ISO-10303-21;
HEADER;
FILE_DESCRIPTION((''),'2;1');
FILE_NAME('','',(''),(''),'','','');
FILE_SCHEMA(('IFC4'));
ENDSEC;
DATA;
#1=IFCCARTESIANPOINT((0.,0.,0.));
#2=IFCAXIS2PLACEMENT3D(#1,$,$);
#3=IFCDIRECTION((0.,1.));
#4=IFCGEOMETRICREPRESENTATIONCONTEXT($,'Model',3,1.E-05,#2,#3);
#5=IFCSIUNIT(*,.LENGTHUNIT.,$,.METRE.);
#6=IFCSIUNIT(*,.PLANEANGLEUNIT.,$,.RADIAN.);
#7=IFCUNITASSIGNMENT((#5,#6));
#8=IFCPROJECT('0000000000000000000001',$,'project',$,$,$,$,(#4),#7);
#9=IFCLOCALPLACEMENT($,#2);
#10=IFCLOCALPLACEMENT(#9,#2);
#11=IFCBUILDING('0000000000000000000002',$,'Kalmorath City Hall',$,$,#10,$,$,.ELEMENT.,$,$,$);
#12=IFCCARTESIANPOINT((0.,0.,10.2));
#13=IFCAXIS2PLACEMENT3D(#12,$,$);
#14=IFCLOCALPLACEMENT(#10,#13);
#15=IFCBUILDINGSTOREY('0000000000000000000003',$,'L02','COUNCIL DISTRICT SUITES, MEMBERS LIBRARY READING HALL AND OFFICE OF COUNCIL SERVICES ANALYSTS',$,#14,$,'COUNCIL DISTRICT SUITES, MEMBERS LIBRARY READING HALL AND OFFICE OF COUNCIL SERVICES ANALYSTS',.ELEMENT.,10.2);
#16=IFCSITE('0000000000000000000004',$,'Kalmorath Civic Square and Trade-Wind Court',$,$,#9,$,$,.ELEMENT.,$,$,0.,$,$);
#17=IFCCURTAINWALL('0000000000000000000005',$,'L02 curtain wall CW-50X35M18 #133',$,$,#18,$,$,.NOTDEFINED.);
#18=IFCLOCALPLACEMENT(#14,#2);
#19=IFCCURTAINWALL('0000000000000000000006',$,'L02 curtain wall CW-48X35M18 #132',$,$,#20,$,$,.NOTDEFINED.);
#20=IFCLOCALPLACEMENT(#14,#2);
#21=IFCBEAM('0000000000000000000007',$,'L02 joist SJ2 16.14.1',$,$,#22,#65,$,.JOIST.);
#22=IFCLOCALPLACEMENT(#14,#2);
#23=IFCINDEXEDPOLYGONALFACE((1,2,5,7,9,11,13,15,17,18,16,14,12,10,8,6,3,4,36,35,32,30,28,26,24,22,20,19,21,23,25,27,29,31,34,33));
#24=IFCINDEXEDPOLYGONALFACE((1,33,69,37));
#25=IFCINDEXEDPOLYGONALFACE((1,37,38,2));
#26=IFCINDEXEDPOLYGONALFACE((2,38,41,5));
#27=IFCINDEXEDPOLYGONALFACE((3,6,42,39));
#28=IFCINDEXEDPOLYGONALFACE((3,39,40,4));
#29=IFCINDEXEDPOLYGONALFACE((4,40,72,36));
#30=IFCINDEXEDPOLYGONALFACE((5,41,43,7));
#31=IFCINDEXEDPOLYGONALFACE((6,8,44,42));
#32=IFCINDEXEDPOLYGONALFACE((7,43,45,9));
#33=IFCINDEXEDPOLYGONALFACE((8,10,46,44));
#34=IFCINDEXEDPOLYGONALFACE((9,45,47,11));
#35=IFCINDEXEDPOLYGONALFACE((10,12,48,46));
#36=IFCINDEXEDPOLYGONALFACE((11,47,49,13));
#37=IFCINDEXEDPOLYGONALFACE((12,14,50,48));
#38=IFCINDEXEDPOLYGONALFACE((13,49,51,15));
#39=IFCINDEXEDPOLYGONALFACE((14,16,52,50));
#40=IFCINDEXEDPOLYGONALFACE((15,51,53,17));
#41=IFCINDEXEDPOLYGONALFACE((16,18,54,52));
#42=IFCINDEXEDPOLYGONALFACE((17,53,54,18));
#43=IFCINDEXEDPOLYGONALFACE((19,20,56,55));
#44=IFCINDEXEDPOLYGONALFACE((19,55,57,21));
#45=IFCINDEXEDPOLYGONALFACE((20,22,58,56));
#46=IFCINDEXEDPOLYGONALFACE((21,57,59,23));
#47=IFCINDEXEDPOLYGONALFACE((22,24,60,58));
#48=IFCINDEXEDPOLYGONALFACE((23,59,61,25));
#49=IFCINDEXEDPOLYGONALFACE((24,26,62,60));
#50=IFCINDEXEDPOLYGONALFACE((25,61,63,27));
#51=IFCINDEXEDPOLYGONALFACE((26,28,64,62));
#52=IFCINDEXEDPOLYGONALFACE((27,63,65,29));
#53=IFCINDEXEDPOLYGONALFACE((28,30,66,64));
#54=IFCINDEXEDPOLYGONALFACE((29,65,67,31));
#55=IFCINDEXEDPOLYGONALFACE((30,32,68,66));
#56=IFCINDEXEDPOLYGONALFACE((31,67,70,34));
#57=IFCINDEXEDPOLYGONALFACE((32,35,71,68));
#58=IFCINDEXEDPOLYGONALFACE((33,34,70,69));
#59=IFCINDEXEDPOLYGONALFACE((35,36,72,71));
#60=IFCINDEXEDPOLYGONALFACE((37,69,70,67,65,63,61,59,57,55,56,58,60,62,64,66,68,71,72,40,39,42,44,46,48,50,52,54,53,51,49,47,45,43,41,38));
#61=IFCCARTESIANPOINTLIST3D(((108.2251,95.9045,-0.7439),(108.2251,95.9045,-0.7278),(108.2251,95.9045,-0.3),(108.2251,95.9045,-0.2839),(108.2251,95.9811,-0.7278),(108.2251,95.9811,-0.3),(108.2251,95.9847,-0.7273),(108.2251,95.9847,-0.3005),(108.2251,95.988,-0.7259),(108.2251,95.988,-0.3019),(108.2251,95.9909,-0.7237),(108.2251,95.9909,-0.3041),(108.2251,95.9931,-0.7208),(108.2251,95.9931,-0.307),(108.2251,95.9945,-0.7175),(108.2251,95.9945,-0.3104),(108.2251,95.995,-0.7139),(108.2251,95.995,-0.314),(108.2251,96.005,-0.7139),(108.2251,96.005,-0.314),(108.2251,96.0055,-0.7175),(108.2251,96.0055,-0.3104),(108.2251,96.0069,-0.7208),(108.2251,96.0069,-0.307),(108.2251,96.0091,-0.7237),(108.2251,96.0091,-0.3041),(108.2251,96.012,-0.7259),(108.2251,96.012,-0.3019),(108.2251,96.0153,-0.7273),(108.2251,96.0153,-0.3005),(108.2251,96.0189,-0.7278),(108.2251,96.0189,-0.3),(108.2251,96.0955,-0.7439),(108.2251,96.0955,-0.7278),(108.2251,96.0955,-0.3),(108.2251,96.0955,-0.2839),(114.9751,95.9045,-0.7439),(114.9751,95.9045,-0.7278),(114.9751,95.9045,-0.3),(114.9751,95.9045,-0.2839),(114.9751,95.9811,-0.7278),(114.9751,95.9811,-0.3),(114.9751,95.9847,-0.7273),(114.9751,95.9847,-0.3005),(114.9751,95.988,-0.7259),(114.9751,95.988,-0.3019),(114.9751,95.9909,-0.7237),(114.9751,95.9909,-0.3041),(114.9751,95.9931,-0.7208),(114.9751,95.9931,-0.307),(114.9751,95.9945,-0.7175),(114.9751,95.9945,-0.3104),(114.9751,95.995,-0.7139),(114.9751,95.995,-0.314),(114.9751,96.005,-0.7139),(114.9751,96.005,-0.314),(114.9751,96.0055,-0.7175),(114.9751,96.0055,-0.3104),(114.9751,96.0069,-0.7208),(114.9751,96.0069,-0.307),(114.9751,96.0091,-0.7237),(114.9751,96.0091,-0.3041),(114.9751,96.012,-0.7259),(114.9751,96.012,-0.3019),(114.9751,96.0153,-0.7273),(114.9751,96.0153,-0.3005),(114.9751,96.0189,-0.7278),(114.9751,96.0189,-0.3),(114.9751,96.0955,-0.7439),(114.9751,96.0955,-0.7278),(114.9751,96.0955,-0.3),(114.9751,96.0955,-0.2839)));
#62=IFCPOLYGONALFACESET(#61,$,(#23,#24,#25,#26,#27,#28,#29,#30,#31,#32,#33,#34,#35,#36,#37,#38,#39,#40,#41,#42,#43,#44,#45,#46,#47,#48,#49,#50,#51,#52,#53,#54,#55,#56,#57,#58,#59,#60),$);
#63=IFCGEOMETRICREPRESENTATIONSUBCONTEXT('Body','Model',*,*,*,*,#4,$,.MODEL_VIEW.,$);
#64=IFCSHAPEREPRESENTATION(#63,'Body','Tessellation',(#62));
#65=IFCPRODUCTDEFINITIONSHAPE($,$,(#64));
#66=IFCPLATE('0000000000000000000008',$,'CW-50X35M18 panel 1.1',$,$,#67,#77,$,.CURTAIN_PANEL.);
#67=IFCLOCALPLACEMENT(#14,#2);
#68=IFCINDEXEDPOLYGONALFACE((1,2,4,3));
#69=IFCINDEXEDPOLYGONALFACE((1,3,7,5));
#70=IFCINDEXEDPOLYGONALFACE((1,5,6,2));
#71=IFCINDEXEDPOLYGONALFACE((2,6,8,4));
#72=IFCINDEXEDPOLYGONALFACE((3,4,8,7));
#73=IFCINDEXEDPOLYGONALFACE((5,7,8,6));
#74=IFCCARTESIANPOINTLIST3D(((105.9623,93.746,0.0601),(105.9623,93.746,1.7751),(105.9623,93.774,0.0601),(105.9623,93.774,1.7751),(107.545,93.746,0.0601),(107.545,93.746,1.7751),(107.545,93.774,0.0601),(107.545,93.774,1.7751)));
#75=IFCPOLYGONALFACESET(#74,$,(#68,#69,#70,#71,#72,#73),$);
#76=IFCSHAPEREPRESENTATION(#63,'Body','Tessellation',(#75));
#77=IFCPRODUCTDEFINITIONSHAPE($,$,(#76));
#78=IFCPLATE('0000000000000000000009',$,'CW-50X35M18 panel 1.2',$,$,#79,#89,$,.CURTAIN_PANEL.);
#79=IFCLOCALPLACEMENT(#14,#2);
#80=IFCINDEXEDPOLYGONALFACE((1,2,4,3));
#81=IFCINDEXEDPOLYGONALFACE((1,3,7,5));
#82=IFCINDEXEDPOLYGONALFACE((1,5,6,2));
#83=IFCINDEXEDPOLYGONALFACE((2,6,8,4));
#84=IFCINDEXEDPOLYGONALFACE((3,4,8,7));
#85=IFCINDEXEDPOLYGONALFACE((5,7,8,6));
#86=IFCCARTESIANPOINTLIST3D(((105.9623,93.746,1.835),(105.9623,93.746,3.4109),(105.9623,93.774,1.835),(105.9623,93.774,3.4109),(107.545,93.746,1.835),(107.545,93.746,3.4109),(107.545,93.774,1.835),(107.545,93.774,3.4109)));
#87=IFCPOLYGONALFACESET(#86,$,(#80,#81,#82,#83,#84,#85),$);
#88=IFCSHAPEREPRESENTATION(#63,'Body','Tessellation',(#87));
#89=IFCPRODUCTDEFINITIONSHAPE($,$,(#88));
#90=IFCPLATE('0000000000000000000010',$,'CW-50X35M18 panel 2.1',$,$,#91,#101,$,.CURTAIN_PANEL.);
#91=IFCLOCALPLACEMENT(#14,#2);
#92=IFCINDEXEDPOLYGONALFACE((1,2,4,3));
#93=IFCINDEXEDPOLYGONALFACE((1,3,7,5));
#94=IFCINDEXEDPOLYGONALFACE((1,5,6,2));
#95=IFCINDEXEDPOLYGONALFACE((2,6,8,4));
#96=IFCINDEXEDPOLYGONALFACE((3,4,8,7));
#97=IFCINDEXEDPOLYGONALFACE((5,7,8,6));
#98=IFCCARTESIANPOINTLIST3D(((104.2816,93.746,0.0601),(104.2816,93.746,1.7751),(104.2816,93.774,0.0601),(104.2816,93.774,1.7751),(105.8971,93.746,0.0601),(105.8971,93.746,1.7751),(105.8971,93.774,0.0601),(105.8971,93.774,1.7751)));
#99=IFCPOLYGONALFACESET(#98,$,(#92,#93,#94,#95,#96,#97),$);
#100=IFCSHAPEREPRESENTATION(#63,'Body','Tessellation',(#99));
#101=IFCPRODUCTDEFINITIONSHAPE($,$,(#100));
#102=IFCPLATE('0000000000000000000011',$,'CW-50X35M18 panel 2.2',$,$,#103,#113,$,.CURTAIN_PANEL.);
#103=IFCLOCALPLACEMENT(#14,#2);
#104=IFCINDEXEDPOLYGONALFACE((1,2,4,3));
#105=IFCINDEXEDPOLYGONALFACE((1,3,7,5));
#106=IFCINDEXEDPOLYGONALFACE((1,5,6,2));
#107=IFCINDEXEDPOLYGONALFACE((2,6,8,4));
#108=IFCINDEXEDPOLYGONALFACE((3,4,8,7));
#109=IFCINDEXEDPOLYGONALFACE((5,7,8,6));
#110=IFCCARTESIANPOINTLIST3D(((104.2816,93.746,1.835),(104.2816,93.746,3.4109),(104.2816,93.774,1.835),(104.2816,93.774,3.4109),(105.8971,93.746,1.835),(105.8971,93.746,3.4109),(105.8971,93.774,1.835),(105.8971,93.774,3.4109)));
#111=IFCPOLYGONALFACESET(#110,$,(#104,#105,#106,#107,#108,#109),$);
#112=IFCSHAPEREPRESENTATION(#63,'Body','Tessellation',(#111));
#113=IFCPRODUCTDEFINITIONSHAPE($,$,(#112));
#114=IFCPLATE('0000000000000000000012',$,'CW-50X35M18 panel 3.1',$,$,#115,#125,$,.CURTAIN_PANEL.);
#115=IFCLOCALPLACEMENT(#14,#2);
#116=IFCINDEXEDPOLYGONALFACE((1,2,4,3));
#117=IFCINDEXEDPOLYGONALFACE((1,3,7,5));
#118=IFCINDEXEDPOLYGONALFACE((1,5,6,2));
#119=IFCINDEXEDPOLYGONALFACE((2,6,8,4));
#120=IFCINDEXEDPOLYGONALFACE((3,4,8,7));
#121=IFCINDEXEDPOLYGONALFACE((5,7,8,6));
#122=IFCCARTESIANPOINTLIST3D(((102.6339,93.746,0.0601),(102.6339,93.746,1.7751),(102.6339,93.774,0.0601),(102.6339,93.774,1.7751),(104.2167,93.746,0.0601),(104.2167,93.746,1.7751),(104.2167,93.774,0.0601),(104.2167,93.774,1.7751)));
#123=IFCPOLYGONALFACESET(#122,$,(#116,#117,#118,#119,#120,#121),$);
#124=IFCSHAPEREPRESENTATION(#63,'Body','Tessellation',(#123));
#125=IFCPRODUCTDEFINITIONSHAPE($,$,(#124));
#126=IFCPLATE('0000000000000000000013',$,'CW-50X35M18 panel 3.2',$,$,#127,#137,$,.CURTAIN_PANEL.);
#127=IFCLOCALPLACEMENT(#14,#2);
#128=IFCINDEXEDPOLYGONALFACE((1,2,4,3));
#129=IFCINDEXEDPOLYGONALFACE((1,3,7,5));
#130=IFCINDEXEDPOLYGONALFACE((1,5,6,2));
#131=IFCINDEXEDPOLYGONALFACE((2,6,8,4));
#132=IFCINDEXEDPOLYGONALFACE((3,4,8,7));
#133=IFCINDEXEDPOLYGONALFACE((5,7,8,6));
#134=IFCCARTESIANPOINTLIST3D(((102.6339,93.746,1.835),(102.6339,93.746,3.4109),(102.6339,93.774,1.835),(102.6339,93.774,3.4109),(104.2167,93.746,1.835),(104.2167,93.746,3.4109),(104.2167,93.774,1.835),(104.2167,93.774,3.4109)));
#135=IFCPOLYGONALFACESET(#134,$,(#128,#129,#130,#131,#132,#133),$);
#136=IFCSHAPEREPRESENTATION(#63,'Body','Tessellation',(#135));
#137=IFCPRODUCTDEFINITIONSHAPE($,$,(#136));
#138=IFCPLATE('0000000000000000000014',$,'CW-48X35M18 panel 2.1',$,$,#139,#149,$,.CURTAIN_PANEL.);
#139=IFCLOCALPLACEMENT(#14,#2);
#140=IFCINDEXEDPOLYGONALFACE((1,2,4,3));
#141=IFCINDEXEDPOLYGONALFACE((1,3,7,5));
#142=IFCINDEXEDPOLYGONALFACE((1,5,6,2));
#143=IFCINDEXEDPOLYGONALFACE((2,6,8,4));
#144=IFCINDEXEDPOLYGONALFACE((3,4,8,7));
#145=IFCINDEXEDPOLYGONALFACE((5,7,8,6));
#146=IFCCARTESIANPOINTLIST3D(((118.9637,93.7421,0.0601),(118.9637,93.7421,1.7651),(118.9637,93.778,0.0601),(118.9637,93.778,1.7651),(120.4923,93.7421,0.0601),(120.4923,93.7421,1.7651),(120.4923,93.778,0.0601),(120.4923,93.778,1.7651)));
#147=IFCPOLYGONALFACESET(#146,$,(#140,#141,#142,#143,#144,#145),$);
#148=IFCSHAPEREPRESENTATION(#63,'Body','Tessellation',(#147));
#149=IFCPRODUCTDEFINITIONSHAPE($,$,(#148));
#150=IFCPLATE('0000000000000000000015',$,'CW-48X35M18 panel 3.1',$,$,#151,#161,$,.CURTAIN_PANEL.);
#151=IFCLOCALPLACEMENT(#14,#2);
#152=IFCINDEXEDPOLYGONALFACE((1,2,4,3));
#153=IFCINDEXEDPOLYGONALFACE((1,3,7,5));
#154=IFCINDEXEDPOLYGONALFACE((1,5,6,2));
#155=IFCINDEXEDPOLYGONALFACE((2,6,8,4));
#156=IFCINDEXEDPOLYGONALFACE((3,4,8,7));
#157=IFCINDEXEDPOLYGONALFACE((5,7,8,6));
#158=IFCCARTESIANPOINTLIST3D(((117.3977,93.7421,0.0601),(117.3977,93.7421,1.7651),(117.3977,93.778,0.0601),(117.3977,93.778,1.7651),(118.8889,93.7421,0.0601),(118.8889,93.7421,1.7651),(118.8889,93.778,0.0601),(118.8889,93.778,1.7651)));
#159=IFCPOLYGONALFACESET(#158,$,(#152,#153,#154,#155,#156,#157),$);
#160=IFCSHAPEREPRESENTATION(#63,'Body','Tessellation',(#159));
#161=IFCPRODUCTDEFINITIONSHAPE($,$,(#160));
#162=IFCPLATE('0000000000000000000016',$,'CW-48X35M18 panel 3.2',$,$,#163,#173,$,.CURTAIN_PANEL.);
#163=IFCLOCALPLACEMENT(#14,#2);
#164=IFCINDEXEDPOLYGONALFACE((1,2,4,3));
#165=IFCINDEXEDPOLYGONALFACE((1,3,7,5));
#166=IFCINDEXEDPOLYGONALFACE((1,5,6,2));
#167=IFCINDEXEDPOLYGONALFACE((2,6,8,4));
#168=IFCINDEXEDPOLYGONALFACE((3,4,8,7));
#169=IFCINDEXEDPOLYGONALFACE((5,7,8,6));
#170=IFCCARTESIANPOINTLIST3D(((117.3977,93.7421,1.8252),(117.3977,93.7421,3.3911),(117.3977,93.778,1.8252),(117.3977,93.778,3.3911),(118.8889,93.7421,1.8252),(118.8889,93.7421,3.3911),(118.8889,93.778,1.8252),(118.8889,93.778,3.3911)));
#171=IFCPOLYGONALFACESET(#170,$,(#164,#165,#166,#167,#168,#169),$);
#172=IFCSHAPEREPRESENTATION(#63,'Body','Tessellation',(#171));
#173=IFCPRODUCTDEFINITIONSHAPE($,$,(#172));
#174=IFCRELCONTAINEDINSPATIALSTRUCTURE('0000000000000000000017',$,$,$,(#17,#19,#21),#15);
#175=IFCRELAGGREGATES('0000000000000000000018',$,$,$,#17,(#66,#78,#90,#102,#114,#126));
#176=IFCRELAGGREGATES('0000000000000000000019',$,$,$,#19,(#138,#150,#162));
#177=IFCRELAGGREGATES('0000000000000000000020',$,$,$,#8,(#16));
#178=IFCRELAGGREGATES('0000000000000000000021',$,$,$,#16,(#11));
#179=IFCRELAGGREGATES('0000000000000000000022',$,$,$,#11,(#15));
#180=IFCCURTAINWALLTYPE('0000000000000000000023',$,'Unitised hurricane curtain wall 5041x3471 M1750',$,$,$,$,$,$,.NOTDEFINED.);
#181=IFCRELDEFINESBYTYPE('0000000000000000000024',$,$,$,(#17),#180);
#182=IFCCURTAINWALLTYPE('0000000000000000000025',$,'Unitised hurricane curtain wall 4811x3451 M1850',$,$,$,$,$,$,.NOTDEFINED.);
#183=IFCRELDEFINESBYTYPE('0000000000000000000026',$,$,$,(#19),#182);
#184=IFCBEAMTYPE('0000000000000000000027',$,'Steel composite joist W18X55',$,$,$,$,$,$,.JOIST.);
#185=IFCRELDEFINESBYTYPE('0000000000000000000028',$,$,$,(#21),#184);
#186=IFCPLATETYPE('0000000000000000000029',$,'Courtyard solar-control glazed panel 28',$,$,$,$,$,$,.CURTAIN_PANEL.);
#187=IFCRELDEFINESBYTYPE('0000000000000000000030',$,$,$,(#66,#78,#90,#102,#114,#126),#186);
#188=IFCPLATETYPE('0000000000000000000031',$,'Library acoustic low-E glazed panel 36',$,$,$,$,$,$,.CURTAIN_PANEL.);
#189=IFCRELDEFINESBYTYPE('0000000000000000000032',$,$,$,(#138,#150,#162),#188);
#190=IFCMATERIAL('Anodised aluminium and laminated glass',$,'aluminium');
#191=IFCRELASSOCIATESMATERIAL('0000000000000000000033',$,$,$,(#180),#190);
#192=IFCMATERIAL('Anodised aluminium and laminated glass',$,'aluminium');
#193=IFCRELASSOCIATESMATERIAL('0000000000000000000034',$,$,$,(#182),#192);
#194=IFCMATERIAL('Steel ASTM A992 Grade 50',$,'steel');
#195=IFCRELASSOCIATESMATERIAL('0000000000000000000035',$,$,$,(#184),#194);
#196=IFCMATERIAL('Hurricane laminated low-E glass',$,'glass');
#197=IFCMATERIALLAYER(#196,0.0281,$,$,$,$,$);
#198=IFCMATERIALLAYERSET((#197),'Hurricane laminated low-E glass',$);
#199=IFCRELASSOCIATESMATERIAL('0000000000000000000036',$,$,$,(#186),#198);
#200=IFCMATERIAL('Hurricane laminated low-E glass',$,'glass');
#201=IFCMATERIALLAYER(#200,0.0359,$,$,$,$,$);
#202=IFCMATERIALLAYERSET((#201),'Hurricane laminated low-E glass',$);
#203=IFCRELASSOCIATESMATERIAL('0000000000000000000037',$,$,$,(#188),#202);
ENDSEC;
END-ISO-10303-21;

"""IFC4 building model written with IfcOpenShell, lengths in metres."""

from ifc_helpers import new_model, si_unit, direction, frame, origin, origin_2d, place, context, subcontext, project, spatial, rectangle, i_section, extrude, material, layer, layer_set, material_profile, profile_set, type_object, element, aggregate, save


model = new_model("IFC4")

# Units and contexts
model_context = context("Model", 3, precision=1e-05, world=origin(), true_north=direction((0.0, 1.0)))
body_context = subcontext(model_context, "Body", "Model", "MODEL_VIEW")
ifc_project = project(units=[si_unit("LENGTHUNIT", "METRE"), si_unit("PLANEANGLEUNIT", "RADIAN")], contexts=[model_context])

# Site, building, storey
site_placement = place(None, origin())
site = spatial("IfcSite", under=ifc_project, at=site_placement, Name="Kalmorath Civic Square and Trade-Wind Court", CompositionType="ELEMENT", RefElevation=0.0)
building_placement = place(site_placement, origin())
building = spatial("IfcBuilding", under=site, at=building_placement, Name="Kalmorath City Hall", CompositionType="ELEMENT")
storey_placement = place(building_placement, frame((0.0, 0.0, 10.2)))
storey = spatial("IfcBuildingStorey", under=building, at=storey_placement, Name="L02", Description="COUNCIL DISTRICT SUITES, MEMBERS LIBRARY READING HALL AND OFFICE OF COUNCIL SERVICES ANALYSTS", LongName="COUNCIL DISTRICT SUITES, MEMBERS LIBRARY READING HALL AND OFFICE OF COUNCIL SERVICES ANALYSTS", CompositionType="ELEMENT", Elevation=10.2)

# Curtain walls
ifc_material_1 = material(Name="Anodised aluminium and laminated glass", Category="aluminium")
curtain_wall_type_1 = type_object("IfcCurtainWallType", Name="Unitised hurricane curtain wall 5041x3471 M1750", PredefinedType="NOTDEFINED", material=ifc_material_1)
curtain_wall_1_placement = place(storey_placement, origin())
curtain_wall_1 = element("IfcCurtainWall", 1, at=curtain_wall_1_placement, inside=storey, type_object=curtain_wall_type_1, Name="L02 curtain wall CW-50X35M18 #133", PredefinedType="NOTDEFINED")
ifc_material_2 = material(Name="Anodised aluminium and laminated glass", Category="aluminium")
curtain_wall_type_2 = type_object("IfcCurtainWallType", Name="Unitised hurricane curtain wall 4811x3451 M1850", PredefinedType="NOTDEFINED", material=ifc_material_2)
curtain_wall_2_placement = place(storey_placement, origin())
curtain_wall_2 = element("IfcCurtainWall", 2, at=curtain_wall_2_placement, inside=storey, type_object=curtain_wall_type_2, Name="L02 curtain wall CW-48X35M18 #132", PredefinedType="NOTDEFINED")

# Beam
ifc_material_3 = material(Name="Steel ASTM A992 Grade 50", Category="steel")
ifc_material_profile_1 = material_profile(ifc_material_3, i_section(OverallWidth=0.1909, OverallDepth=0.46, WebThickness=0.01, FlangeThickness=0.0161, FilletRadius=0.0139, at=origin_2d()), Name="W18X55")
ifc_profile_set_1 = profile_set([ifc_material_profile_1], Name="Steel ASTM A992 Grade 50")
beam_type_1 = type_object("IfcBeamType", Name="Steel composite joist W18X55", PredefinedType="JOIST", material=ifc_profile_set_1)
beam_placement = place(storey_placement, frame((108.2251, 96.0, -0.5139), z_axis=(1.0, 0.0, 0.0), x_axis=(0.0, 1.0, 0.0)))
element("IfcBeam", 3, at=beam_placement, inside=storey, type_object=beam_type_1, Name="L02 joist SJ2 16.14.1", PredefinedType="JOIST", context=body_context, shape_type="SweptSolid", body=[
    extrude(i_section(OverallWidth=0.1909, OverallDepth=0.46, WebThickness=0.01, FlangeThickness=0.0161, FilletRadius=0.0139, at=origin_2d()), origin(), (0.0, 0.0, 1.0), 6.75),
])

# Plates
ifc_material_4 = material(Name="Hurricane laminated low-E glass", Category="glass")
ifc_layer_1 = layer(ifc_material_4, 0.0281)
ifc_layer_set_1 = layer_set([ifc_layer_1], Name="Hurricane laminated low-E glass")
plate_type_1 = type_object("IfcPlateType", Name="Courtyard solar-control glazed panel 28", PredefinedType="CURTAIN_PANEL", material=ifc_layer_set_1)
plate_1_placement = place(storey_placement, frame((106.7537, 93.76, 0.0601), z_axis=(0.0, 0.0, 1.0), x_axis=(-1.0, 0.0, 0.0)))
plate_1 = element("IfcPlate", 4, at=plate_1_placement, type_object=plate_type_1, Name="CW-50X35M18 panel 1.1", PredefinedType="CURTAIN_PANEL", context=body_context, shape_type="SweptSolid", body=[
    extrude(rectangle(XDim=1.5828, YDim=0.0281, at=origin_2d()), origin(), (0.0, 0.0, 1.0), 1.7151),
])
plate_2_placement = place(storey_placement, frame((106.7537, 93.76, 1.835), z_axis=(0.0, 0.0, 1.0), x_axis=(-1.0, 0.0, 0.0)))
plate_2 = element("IfcPlate", 5, at=plate_2_placement, type_object=plate_type_1, Name="CW-50X35M18 panel 1.2", PredefinedType="CURTAIN_PANEL", context=body_context, shape_type="SweptSolid", body=[
    extrude(rectangle(XDim=1.5828, YDim=0.0281, at=origin_2d()), origin(), (0.0, 0.0, 1.0), 1.5759),
])
plate_3_placement = place(storey_placement, frame((105.0894, 93.76, 0.0601), z_axis=(0.0, 0.0, 1.0), x_axis=(-1.0, 0.0, 0.0)))
plate_3 = element("IfcPlate", 6, at=plate_3_placement, type_object=plate_type_1, Name="CW-50X35M18 panel 2.1", PredefinedType="CURTAIN_PANEL", context=body_context, shape_type="SweptSolid", body=[
    extrude(rectangle(XDim=1.6155, YDim=0.0281, at=origin_2d()), origin(), (0.0, 0.0, 1.0), 1.7151),
])
plate_4_placement = place(storey_placement, frame((105.0894, 93.76, 1.835), z_axis=(0.0, 0.0, 1.0), x_axis=(-1.0, 0.0, 0.0)))
plate_4 = element("IfcPlate", 7, at=plate_4_placement, type_object=plate_type_1, Name="CW-50X35M18 panel 2.2", PredefinedType="CURTAIN_PANEL", context=body_context, shape_type="SweptSolid", body=[
    extrude(rectangle(XDim=1.6155, YDim=0.0281, at=origin_2d()), origin(), (0.0, 0.0, 1.0), 1.5759),
])
plate_5_placement = place(storey_placement, frame((103.4253, 93.76, 0.0601), z_axis=(0.0, 0.0, 1.0), x_axis=(-1.0, 0.0, 0.0)))
plate_5 = element("IfcPlate", 8, at=plate_5_placement, type_object=plate_type_1, Name="CW-50X35M18 panel 3.1", PredefinedType="CURTAIN_PANEL", context=body_context, shape_type="SweptSolid", body=[
    extrude(rectangle(XDim=1.5828, YDim=0.0281, at=origin_2d()), origin(), (0.0, 0.0, 1.0), 1.7151),
])
plate_6_placement = place(storey_placement, frame((103.4253, 93.76, 1.835), z_axis=(0.0, 0.0, 1.0), x_axis=(-1.0, 0.0, 0.0)))
plate_6 = element("IfcPlate", 9, at=plate_6_placement, type_object=plate_type_1, Name="CW-50X35M18 panel 3.2", PredefinedType="CURTAIN_PANEL", context=body_context, shape_type="SweptSolid", body=[
    extrude(rectangle(XDim=1.5828, YDim=0.0281, at=origin_2d()), origin(), (0.0, 0.0, 1.0), 1.5759),
])
aggregate(curtain_wall_1, [plate_1, plate_2, plate_3, plate_4, plate_5, plate_6])
ifc_material_5 = material(Name="Hurricane laminated low-E glass", Category="glass")
ifc_layer_2 = layer(ifc_material_5, 0.0359)
ifc_layer_set_2 = layer_set([ifc_layer_2], Name="Hurricane laminated low-E glass")
plate_type_2 = type_object("IfcPlateType", Name="Library acoustic low-E glazed panel 36", PredefinedType="CURTAIN_PANEL", material=ifc_layer_set_2)
plate_7_placement = place(storey_placement, frame((119.728, 93.76, 0.0601), z_axis=(0.0, 0.0, 1.0), x_axis=(-1.0, 0.0, 0.0)))
plate_7 = element("IfcPlate", 10, at=plate_7_placement, type_object=plate_type_2, Name="CW-48X35M18 panel 2.1", PredefinedType="CURTAIN_PANEL", context=body_context, shape_type="SweptSolid", body=[
    extrude(rectangle(XDim=1.5286, YDim=0.0359, at=origin_2d()), origin(), (0.0, 0.0, 1.0), 1.7051),
])
plate_8_placement = place(storey_placement, frame((118.1433, 93.76, 0.0601), z_axis=(0.0, 0.0, 1.0), x_axis=(-1.0, 0.0, 0.0)))
plate_8 = element("IfcPlate", 11, at=plate_8_placement, type_object=plate_type_2, Name="CW-48X35M18 panel 3.1", PredefinedType="CURTAIN_PANEL", context=body_context, shape_type="SweptSolid", body=[
    extrude(rectangle(XDim=1.4912, YDim=0.0359, at=origin_2d()), origin(), (0.0, 0.0, 1.0), 1.7051),
])
plate_9_placement = place(storey_placement, frame((118.1433, 93.76, 1.8252), z_axis=(0.0, 0.0, 1.0), x_axis=(-1.0, 0.0, 0.0)))
plate_9 = element("IfcPlate", 12, at=plate_9_placement, type_object=plate_type_2, Name="CW-48X35M18 panel 3.2", PredefinedType="CURTAIN_PANEL", context=body_context, shape_type="SweptSolid", body=[
    extrude(rectangle(XDim=1.4912, YDim=0.0359, at=origin_2d()), origin(), (0.0, 0.0, 1.0), 1.5659),
])
aggregate(curtain_wall_2, [plate_7, plate_8, plate_9])

save(model, "model.ifc")
